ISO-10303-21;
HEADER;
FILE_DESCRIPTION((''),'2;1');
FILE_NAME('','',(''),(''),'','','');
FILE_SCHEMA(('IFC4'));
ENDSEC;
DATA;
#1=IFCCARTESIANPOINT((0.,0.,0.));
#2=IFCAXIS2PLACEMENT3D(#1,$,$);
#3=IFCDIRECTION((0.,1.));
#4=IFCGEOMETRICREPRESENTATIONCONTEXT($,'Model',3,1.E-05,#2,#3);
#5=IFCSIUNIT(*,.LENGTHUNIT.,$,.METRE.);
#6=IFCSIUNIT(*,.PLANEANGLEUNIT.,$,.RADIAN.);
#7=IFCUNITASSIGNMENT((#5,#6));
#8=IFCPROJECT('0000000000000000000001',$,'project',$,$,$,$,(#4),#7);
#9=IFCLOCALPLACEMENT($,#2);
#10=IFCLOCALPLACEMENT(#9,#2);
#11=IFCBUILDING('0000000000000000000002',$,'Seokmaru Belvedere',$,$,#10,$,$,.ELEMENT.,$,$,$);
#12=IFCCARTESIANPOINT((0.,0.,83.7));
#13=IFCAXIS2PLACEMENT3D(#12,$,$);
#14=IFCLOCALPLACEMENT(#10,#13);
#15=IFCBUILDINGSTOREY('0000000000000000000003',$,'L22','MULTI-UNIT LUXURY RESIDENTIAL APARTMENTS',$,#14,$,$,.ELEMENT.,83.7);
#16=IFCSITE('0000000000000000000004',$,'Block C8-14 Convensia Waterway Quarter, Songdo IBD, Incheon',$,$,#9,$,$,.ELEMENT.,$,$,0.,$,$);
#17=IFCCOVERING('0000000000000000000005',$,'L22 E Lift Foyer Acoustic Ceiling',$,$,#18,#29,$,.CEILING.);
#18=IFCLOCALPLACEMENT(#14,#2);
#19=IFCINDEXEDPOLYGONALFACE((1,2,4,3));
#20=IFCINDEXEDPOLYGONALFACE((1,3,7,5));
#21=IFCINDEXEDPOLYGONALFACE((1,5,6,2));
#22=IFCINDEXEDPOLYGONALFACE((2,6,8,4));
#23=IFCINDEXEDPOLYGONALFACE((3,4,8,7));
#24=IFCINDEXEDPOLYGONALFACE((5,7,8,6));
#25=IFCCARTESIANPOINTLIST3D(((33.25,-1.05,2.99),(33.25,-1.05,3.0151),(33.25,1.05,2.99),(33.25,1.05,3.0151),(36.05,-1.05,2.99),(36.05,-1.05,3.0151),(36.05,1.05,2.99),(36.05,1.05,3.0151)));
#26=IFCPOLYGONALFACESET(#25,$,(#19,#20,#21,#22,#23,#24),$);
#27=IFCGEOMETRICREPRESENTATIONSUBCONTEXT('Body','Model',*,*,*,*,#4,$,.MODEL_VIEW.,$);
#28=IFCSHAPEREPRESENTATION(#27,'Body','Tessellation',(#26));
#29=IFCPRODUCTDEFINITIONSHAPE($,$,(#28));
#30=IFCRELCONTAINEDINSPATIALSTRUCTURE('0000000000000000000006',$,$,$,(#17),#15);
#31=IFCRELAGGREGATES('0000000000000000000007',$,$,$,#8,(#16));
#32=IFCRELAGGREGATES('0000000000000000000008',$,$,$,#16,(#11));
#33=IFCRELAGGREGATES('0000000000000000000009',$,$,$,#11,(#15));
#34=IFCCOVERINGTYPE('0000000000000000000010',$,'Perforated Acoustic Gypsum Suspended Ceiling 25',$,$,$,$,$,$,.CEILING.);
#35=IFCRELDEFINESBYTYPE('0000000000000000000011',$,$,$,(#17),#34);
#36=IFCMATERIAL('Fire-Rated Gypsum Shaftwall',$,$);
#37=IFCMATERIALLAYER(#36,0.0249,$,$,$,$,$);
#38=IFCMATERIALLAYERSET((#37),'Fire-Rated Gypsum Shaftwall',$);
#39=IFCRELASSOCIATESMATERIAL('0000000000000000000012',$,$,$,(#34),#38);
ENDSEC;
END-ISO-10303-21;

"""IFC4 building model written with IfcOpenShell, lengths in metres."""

from ifc_helpers import new_model, si_unit, direction, frame, origin, place, context, subcontext, project, spatial, polyline, outline, extrude, material, layer, layer_set, type_object, element, save


model = new_model("IFC4")

# Units and contexts
model_context = context("Model", 3, precision=1e-05, world=origin(), true_north=direction((0.0, 1.0)))
body_context = subcontext(model_context, "Body", "Model", "MODEL_VIEW")
ifc_project = project(units=[si_unit("LENGTHUNIT", "METRE"), si_unit("PLANEANGLEUNIT", "RADIAN")], contexts=[model_context])

# Site, building, storey
site_placement = place(None, origin())
site = spatial("IfcSite", under=ifc_project, at=site_placement, Name="Block C8-14 Convensia Waterway Quarter, Songdo IBD, Incheon", CompositionType="ELEMENT", RefElevation=0.0)
building_placement = place(site_placement, origin())
building = spatial("IfcBuilding", under=site, at=building_placement, Name="Seokmaru Belvedere", CompositionType="ELEMENT")
storey_placement = place(building_placement, frame((0.0, 0.0, 83.7)))
storey = spatial("IfcBuildingStorey", under=building, at=storey_placement, Name="L22", Description="MULTI-UNIT LUXURY RESIDENTIAL APARTMENTS", CompositionType="ELEMENT", Elevation=83.7)

# Shared definitions
ifc_material_1 = material(Name="Fire-Rated Gypsum Shaftwall")

# Covering
ifc_layer_1 = layer(ifc_material_1, 0.0249)
ifc_layer_set_1 = layer_set([ifc_layer_1], Name="Fire-Rated Gypsum Shaftwall")
covering_type_1 = type_object("IfcCoveringType", Name="Perforated Acoustic Gypsum Suspended Ceiling 25", PredefinedType="CEILING", material=ifc_layer_set_1)
covering_1_placement = place(storey_placement, frame((0.0, 0.0, 2.99)))
element("IfcCovering", 1, at=covering_1_placement, inside=storey, type_object=covering_type_1, Name="L22 E Lift Foyer Acoustic Ceiling", PredefinedType="CEILING", context=body_context, shape_type="SweptSolid", body=[
    extrude(outline(polyline([(33.25, -1.05), (36.05, -1.05), (36.05, 1.05), (33.25, 1.05), (33.25, -1.05)])), origin(), (0.0, 0.0, 1.0), 0.0251),
])

save(model, "model.ifc")
